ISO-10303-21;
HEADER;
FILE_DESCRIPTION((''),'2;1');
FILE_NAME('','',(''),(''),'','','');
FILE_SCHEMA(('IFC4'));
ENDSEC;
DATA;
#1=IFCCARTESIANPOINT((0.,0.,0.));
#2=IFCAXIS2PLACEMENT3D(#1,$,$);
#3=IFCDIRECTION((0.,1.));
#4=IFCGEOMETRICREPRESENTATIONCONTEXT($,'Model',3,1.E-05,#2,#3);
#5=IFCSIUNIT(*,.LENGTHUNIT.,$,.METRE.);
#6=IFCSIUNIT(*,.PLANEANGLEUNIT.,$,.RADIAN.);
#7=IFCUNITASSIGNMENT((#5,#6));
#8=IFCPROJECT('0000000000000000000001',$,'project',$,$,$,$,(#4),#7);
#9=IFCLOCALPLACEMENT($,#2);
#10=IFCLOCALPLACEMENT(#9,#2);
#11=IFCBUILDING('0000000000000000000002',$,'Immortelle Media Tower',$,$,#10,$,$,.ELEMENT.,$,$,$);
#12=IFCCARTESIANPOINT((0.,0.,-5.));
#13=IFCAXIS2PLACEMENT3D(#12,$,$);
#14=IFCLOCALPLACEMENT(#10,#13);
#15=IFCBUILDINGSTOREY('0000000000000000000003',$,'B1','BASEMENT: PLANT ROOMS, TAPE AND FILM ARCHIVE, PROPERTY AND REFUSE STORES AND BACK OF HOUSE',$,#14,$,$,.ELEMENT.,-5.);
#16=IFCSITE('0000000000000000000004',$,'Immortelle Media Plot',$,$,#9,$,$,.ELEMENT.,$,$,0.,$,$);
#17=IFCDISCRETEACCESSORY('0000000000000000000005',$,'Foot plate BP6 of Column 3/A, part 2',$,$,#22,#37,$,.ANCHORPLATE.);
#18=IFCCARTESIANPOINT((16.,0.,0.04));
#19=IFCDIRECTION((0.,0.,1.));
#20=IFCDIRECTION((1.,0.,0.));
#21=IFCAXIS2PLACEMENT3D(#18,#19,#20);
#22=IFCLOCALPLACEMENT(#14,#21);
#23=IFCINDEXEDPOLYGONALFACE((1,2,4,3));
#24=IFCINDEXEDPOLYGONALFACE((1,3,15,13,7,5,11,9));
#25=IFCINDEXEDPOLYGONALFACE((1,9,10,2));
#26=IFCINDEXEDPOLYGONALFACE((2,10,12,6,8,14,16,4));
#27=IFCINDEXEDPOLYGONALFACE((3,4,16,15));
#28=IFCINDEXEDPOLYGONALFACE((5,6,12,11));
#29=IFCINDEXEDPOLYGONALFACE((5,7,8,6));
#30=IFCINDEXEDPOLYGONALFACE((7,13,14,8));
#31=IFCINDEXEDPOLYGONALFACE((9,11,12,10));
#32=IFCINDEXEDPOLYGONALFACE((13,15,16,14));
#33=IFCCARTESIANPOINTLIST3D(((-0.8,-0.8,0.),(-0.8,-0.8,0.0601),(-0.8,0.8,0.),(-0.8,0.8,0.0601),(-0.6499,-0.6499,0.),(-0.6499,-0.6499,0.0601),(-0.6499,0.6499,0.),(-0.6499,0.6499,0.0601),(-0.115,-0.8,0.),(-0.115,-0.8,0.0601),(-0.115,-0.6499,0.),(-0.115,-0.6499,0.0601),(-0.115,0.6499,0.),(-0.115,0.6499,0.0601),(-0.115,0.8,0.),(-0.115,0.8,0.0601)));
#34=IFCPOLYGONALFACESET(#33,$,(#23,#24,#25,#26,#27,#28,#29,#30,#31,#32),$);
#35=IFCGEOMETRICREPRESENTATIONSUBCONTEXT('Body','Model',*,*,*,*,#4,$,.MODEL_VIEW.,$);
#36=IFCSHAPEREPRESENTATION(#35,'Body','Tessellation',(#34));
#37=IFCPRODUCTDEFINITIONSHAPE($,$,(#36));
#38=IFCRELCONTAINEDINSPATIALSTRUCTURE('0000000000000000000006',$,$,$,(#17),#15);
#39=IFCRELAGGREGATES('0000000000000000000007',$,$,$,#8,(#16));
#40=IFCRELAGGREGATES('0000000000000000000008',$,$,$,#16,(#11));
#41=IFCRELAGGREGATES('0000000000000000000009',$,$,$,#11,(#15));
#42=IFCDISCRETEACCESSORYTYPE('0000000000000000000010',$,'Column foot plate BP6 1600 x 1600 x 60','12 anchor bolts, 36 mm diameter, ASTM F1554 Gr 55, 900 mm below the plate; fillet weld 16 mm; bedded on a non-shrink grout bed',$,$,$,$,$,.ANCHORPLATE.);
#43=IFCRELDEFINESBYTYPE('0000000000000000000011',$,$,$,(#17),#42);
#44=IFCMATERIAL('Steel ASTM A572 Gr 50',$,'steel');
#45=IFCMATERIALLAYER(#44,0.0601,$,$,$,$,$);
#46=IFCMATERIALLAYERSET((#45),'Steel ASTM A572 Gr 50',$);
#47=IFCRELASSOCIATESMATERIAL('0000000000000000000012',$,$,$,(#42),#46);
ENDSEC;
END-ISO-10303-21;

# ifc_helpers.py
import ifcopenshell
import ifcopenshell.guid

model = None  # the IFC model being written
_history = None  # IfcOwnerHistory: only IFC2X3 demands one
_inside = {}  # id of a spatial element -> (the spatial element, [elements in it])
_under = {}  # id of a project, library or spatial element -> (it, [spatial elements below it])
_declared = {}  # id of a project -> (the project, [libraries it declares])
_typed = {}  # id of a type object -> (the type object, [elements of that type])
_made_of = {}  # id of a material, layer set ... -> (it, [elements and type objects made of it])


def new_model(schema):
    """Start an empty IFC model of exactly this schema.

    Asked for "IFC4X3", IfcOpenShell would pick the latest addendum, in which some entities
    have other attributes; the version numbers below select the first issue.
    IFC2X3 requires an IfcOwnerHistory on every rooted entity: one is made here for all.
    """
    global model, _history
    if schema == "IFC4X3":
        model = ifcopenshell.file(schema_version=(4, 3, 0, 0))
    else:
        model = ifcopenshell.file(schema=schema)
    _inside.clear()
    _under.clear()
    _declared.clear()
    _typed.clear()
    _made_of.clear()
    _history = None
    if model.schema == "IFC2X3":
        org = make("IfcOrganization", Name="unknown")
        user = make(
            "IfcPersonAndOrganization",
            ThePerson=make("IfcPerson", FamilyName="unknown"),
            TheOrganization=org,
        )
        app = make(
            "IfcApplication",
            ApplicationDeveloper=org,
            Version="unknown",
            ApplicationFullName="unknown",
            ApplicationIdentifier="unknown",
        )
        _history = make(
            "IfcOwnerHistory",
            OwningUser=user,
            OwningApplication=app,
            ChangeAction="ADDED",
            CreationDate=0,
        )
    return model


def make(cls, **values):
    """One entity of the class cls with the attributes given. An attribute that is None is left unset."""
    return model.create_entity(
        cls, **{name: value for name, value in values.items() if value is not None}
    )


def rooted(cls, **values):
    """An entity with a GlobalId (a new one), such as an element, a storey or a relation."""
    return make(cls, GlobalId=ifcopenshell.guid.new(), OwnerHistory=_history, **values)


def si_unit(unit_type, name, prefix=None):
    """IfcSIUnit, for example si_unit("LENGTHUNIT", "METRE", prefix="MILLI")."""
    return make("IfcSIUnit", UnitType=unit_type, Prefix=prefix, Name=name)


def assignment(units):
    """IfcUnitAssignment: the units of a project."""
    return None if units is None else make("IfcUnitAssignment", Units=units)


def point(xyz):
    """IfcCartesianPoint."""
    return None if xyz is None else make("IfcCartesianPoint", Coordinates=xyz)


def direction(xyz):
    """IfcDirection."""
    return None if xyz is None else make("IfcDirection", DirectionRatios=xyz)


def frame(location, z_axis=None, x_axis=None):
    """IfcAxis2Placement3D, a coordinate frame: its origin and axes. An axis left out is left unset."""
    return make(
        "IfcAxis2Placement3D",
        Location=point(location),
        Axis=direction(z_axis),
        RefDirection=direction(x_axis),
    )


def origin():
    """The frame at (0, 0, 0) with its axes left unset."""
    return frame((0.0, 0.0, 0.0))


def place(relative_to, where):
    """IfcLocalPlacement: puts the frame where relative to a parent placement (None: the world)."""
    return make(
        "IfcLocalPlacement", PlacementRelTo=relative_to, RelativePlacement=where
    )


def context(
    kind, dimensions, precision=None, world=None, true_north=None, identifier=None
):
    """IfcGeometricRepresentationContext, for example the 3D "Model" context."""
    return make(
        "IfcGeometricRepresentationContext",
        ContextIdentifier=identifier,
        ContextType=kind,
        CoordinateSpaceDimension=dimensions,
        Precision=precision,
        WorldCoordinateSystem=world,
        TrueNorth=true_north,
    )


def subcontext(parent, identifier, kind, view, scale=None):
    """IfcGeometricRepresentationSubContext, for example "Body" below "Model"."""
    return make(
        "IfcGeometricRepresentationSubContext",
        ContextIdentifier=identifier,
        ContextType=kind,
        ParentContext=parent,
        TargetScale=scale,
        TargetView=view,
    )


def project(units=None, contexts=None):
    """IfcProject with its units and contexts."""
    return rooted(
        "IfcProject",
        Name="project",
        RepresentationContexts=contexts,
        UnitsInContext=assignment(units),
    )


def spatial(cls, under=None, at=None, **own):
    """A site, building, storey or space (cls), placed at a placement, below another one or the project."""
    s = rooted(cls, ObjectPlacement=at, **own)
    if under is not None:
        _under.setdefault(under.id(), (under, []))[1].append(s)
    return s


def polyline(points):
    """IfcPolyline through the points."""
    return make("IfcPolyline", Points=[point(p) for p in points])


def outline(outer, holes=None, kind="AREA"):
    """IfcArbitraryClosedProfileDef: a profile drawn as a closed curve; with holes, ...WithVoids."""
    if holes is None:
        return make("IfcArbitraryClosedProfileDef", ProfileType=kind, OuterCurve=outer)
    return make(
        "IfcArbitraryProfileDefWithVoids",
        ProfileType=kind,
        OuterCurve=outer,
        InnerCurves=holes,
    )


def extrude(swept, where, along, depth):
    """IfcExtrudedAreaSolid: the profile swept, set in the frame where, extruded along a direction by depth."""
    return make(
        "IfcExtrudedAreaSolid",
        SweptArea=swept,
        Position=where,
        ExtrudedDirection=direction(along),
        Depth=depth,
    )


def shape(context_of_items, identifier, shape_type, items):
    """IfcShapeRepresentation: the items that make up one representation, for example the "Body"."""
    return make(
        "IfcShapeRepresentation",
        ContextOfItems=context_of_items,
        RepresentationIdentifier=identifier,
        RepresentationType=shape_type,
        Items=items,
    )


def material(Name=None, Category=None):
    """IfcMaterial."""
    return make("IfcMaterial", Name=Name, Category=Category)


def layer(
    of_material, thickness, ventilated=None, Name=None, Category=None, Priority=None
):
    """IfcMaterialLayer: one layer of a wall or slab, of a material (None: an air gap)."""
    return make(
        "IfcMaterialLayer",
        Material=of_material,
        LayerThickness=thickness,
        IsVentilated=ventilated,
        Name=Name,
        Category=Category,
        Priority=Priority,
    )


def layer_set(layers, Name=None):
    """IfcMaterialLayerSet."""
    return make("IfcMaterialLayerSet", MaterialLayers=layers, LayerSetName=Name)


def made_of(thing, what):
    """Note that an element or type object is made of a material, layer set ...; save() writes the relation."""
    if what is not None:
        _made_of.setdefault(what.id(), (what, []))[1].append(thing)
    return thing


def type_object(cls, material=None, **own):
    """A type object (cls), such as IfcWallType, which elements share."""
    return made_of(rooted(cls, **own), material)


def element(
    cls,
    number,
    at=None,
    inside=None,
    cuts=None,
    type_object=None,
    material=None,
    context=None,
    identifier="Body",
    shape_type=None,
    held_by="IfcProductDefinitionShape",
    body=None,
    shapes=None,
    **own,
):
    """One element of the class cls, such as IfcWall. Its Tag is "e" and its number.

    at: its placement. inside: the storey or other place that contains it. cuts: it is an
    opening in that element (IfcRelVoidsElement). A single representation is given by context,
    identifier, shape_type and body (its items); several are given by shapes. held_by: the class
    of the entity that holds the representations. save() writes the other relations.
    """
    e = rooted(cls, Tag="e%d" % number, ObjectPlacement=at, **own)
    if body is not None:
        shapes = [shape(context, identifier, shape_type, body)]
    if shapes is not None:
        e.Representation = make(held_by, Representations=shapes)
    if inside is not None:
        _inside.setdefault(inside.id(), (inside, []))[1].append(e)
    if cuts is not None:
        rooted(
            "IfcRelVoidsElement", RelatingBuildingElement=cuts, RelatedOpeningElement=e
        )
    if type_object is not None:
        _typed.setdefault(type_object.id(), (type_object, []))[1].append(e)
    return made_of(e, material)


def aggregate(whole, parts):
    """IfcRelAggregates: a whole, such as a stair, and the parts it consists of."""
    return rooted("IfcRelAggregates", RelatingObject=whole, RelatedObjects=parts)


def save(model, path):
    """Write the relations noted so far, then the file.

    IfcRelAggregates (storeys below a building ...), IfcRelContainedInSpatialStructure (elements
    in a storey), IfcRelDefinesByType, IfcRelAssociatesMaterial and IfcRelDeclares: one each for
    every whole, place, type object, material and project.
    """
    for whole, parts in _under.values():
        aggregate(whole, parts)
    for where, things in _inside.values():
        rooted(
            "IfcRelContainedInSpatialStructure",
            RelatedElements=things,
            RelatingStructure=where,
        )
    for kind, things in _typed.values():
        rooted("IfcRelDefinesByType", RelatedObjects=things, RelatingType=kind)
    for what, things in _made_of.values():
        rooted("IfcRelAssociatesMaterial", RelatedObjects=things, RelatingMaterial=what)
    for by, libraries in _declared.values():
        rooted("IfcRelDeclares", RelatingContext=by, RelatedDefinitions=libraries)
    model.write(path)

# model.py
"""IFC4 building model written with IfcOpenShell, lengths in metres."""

from ifc_helpers import new_model, si_unit, direction, frame, origin, place, context, subcontext, project, spatial, polyline, outline, extrude, material, layer, layer_set, type_object, element, save


model = new_model("IFC4")

# Units and contexts
model_context = context("Model", 3, precision=1e-05, world=origin(), true_north=direction((0.0, 1.0)))
body_context = subcontext(model_context, "Body", "Model", "MODEL_VIEW")
ifc_project = project(units=[si_unit("LENGTHUNIT", "METRE"), si_unit("PLANEANGLEUNIT", "RADIAN")], contexts=[model_context])

# Site, building, storey
site_placement = place(None, origin())
site = spatial("IfcSite", under=ifc_project, at=site_placement, Name="Immortelle Media Plot", CompositionType="ELEMENT", RefElevation=0.0)
building_placement = place(site_placement, origin())
building = spatial("IfcBuilding", under=site, at=building_placement, Name="Immortelle Media Tower", CompositionType="ELEMENT")
storey_placement = place(building_placement, frame((0.0, 0.0, -5.0)))
storey = spatial("IfcBuildingStorey", under=building, at=storey_placement, Name="B1", Description="BASEMENT: PLANT ROOMS, TAPE AND FILM ARCHIVE, PROPERTY AND REFUSE STORES AND BACK OF HOUSE", CompositionType="ELEMENT", Elevation=-5.0)

# Shared definitions
ifc_material_1 = material(Name="Steel ASTM A572 Gr 50", Category="steel")

# Discrete accessory
ifc_layer_1 = layer(ifc_material_1, 0.0601)
ifc_layer_set_1 = layer_set([ifc_layer_1], Name="Steel ASTM A572 Gr 50")
discrete_accessory_type = type_object("IfcDiscreteAccessoryType", Name="Column foot plate BP6 1600 x 1600 x 60", Description="12 anchor bolts, 36 mm diameter, ASTM F1554 Gr 55, 900 mm below the plate; fillet weld 16 mm; bedded on a non-shrink grout bed", PredefinedType="ANCHORPLATE", material=ifc_layer_set_1)
discrete_accessory_1_placement = place(storey_placement, frame((16.0, 0.0, 0.04), z_axis=(0.0, 0.0, 1.0), x_axis=(1.0, 0.0, 0.0)))
element("IfcDiscreteAccessory", 1, at=discrete_accessory_1_placement, inside=storey, type_object=discrete_accessory_type, Name="Foot plate BP6 of Column 3/A, part 2", PredefinedType="ANCHORPLATE", context=body_context, shape_type="SweptSolid", body=[
    extrude(outline(polyline([(-0.115, -0.8), (-0.115, -0.6499), (-0.6499, -0.6499), (-0.6499, 0.6499), (-0.115, 0.6499), (-0.115, 0.8), (-0.8, 0.8), (-0.8, -0.8), (-0.115, -0.8)])), origin(), (0.0, 0.0, 1.0), 0.0601),
])

save(model, "model.ifc")
